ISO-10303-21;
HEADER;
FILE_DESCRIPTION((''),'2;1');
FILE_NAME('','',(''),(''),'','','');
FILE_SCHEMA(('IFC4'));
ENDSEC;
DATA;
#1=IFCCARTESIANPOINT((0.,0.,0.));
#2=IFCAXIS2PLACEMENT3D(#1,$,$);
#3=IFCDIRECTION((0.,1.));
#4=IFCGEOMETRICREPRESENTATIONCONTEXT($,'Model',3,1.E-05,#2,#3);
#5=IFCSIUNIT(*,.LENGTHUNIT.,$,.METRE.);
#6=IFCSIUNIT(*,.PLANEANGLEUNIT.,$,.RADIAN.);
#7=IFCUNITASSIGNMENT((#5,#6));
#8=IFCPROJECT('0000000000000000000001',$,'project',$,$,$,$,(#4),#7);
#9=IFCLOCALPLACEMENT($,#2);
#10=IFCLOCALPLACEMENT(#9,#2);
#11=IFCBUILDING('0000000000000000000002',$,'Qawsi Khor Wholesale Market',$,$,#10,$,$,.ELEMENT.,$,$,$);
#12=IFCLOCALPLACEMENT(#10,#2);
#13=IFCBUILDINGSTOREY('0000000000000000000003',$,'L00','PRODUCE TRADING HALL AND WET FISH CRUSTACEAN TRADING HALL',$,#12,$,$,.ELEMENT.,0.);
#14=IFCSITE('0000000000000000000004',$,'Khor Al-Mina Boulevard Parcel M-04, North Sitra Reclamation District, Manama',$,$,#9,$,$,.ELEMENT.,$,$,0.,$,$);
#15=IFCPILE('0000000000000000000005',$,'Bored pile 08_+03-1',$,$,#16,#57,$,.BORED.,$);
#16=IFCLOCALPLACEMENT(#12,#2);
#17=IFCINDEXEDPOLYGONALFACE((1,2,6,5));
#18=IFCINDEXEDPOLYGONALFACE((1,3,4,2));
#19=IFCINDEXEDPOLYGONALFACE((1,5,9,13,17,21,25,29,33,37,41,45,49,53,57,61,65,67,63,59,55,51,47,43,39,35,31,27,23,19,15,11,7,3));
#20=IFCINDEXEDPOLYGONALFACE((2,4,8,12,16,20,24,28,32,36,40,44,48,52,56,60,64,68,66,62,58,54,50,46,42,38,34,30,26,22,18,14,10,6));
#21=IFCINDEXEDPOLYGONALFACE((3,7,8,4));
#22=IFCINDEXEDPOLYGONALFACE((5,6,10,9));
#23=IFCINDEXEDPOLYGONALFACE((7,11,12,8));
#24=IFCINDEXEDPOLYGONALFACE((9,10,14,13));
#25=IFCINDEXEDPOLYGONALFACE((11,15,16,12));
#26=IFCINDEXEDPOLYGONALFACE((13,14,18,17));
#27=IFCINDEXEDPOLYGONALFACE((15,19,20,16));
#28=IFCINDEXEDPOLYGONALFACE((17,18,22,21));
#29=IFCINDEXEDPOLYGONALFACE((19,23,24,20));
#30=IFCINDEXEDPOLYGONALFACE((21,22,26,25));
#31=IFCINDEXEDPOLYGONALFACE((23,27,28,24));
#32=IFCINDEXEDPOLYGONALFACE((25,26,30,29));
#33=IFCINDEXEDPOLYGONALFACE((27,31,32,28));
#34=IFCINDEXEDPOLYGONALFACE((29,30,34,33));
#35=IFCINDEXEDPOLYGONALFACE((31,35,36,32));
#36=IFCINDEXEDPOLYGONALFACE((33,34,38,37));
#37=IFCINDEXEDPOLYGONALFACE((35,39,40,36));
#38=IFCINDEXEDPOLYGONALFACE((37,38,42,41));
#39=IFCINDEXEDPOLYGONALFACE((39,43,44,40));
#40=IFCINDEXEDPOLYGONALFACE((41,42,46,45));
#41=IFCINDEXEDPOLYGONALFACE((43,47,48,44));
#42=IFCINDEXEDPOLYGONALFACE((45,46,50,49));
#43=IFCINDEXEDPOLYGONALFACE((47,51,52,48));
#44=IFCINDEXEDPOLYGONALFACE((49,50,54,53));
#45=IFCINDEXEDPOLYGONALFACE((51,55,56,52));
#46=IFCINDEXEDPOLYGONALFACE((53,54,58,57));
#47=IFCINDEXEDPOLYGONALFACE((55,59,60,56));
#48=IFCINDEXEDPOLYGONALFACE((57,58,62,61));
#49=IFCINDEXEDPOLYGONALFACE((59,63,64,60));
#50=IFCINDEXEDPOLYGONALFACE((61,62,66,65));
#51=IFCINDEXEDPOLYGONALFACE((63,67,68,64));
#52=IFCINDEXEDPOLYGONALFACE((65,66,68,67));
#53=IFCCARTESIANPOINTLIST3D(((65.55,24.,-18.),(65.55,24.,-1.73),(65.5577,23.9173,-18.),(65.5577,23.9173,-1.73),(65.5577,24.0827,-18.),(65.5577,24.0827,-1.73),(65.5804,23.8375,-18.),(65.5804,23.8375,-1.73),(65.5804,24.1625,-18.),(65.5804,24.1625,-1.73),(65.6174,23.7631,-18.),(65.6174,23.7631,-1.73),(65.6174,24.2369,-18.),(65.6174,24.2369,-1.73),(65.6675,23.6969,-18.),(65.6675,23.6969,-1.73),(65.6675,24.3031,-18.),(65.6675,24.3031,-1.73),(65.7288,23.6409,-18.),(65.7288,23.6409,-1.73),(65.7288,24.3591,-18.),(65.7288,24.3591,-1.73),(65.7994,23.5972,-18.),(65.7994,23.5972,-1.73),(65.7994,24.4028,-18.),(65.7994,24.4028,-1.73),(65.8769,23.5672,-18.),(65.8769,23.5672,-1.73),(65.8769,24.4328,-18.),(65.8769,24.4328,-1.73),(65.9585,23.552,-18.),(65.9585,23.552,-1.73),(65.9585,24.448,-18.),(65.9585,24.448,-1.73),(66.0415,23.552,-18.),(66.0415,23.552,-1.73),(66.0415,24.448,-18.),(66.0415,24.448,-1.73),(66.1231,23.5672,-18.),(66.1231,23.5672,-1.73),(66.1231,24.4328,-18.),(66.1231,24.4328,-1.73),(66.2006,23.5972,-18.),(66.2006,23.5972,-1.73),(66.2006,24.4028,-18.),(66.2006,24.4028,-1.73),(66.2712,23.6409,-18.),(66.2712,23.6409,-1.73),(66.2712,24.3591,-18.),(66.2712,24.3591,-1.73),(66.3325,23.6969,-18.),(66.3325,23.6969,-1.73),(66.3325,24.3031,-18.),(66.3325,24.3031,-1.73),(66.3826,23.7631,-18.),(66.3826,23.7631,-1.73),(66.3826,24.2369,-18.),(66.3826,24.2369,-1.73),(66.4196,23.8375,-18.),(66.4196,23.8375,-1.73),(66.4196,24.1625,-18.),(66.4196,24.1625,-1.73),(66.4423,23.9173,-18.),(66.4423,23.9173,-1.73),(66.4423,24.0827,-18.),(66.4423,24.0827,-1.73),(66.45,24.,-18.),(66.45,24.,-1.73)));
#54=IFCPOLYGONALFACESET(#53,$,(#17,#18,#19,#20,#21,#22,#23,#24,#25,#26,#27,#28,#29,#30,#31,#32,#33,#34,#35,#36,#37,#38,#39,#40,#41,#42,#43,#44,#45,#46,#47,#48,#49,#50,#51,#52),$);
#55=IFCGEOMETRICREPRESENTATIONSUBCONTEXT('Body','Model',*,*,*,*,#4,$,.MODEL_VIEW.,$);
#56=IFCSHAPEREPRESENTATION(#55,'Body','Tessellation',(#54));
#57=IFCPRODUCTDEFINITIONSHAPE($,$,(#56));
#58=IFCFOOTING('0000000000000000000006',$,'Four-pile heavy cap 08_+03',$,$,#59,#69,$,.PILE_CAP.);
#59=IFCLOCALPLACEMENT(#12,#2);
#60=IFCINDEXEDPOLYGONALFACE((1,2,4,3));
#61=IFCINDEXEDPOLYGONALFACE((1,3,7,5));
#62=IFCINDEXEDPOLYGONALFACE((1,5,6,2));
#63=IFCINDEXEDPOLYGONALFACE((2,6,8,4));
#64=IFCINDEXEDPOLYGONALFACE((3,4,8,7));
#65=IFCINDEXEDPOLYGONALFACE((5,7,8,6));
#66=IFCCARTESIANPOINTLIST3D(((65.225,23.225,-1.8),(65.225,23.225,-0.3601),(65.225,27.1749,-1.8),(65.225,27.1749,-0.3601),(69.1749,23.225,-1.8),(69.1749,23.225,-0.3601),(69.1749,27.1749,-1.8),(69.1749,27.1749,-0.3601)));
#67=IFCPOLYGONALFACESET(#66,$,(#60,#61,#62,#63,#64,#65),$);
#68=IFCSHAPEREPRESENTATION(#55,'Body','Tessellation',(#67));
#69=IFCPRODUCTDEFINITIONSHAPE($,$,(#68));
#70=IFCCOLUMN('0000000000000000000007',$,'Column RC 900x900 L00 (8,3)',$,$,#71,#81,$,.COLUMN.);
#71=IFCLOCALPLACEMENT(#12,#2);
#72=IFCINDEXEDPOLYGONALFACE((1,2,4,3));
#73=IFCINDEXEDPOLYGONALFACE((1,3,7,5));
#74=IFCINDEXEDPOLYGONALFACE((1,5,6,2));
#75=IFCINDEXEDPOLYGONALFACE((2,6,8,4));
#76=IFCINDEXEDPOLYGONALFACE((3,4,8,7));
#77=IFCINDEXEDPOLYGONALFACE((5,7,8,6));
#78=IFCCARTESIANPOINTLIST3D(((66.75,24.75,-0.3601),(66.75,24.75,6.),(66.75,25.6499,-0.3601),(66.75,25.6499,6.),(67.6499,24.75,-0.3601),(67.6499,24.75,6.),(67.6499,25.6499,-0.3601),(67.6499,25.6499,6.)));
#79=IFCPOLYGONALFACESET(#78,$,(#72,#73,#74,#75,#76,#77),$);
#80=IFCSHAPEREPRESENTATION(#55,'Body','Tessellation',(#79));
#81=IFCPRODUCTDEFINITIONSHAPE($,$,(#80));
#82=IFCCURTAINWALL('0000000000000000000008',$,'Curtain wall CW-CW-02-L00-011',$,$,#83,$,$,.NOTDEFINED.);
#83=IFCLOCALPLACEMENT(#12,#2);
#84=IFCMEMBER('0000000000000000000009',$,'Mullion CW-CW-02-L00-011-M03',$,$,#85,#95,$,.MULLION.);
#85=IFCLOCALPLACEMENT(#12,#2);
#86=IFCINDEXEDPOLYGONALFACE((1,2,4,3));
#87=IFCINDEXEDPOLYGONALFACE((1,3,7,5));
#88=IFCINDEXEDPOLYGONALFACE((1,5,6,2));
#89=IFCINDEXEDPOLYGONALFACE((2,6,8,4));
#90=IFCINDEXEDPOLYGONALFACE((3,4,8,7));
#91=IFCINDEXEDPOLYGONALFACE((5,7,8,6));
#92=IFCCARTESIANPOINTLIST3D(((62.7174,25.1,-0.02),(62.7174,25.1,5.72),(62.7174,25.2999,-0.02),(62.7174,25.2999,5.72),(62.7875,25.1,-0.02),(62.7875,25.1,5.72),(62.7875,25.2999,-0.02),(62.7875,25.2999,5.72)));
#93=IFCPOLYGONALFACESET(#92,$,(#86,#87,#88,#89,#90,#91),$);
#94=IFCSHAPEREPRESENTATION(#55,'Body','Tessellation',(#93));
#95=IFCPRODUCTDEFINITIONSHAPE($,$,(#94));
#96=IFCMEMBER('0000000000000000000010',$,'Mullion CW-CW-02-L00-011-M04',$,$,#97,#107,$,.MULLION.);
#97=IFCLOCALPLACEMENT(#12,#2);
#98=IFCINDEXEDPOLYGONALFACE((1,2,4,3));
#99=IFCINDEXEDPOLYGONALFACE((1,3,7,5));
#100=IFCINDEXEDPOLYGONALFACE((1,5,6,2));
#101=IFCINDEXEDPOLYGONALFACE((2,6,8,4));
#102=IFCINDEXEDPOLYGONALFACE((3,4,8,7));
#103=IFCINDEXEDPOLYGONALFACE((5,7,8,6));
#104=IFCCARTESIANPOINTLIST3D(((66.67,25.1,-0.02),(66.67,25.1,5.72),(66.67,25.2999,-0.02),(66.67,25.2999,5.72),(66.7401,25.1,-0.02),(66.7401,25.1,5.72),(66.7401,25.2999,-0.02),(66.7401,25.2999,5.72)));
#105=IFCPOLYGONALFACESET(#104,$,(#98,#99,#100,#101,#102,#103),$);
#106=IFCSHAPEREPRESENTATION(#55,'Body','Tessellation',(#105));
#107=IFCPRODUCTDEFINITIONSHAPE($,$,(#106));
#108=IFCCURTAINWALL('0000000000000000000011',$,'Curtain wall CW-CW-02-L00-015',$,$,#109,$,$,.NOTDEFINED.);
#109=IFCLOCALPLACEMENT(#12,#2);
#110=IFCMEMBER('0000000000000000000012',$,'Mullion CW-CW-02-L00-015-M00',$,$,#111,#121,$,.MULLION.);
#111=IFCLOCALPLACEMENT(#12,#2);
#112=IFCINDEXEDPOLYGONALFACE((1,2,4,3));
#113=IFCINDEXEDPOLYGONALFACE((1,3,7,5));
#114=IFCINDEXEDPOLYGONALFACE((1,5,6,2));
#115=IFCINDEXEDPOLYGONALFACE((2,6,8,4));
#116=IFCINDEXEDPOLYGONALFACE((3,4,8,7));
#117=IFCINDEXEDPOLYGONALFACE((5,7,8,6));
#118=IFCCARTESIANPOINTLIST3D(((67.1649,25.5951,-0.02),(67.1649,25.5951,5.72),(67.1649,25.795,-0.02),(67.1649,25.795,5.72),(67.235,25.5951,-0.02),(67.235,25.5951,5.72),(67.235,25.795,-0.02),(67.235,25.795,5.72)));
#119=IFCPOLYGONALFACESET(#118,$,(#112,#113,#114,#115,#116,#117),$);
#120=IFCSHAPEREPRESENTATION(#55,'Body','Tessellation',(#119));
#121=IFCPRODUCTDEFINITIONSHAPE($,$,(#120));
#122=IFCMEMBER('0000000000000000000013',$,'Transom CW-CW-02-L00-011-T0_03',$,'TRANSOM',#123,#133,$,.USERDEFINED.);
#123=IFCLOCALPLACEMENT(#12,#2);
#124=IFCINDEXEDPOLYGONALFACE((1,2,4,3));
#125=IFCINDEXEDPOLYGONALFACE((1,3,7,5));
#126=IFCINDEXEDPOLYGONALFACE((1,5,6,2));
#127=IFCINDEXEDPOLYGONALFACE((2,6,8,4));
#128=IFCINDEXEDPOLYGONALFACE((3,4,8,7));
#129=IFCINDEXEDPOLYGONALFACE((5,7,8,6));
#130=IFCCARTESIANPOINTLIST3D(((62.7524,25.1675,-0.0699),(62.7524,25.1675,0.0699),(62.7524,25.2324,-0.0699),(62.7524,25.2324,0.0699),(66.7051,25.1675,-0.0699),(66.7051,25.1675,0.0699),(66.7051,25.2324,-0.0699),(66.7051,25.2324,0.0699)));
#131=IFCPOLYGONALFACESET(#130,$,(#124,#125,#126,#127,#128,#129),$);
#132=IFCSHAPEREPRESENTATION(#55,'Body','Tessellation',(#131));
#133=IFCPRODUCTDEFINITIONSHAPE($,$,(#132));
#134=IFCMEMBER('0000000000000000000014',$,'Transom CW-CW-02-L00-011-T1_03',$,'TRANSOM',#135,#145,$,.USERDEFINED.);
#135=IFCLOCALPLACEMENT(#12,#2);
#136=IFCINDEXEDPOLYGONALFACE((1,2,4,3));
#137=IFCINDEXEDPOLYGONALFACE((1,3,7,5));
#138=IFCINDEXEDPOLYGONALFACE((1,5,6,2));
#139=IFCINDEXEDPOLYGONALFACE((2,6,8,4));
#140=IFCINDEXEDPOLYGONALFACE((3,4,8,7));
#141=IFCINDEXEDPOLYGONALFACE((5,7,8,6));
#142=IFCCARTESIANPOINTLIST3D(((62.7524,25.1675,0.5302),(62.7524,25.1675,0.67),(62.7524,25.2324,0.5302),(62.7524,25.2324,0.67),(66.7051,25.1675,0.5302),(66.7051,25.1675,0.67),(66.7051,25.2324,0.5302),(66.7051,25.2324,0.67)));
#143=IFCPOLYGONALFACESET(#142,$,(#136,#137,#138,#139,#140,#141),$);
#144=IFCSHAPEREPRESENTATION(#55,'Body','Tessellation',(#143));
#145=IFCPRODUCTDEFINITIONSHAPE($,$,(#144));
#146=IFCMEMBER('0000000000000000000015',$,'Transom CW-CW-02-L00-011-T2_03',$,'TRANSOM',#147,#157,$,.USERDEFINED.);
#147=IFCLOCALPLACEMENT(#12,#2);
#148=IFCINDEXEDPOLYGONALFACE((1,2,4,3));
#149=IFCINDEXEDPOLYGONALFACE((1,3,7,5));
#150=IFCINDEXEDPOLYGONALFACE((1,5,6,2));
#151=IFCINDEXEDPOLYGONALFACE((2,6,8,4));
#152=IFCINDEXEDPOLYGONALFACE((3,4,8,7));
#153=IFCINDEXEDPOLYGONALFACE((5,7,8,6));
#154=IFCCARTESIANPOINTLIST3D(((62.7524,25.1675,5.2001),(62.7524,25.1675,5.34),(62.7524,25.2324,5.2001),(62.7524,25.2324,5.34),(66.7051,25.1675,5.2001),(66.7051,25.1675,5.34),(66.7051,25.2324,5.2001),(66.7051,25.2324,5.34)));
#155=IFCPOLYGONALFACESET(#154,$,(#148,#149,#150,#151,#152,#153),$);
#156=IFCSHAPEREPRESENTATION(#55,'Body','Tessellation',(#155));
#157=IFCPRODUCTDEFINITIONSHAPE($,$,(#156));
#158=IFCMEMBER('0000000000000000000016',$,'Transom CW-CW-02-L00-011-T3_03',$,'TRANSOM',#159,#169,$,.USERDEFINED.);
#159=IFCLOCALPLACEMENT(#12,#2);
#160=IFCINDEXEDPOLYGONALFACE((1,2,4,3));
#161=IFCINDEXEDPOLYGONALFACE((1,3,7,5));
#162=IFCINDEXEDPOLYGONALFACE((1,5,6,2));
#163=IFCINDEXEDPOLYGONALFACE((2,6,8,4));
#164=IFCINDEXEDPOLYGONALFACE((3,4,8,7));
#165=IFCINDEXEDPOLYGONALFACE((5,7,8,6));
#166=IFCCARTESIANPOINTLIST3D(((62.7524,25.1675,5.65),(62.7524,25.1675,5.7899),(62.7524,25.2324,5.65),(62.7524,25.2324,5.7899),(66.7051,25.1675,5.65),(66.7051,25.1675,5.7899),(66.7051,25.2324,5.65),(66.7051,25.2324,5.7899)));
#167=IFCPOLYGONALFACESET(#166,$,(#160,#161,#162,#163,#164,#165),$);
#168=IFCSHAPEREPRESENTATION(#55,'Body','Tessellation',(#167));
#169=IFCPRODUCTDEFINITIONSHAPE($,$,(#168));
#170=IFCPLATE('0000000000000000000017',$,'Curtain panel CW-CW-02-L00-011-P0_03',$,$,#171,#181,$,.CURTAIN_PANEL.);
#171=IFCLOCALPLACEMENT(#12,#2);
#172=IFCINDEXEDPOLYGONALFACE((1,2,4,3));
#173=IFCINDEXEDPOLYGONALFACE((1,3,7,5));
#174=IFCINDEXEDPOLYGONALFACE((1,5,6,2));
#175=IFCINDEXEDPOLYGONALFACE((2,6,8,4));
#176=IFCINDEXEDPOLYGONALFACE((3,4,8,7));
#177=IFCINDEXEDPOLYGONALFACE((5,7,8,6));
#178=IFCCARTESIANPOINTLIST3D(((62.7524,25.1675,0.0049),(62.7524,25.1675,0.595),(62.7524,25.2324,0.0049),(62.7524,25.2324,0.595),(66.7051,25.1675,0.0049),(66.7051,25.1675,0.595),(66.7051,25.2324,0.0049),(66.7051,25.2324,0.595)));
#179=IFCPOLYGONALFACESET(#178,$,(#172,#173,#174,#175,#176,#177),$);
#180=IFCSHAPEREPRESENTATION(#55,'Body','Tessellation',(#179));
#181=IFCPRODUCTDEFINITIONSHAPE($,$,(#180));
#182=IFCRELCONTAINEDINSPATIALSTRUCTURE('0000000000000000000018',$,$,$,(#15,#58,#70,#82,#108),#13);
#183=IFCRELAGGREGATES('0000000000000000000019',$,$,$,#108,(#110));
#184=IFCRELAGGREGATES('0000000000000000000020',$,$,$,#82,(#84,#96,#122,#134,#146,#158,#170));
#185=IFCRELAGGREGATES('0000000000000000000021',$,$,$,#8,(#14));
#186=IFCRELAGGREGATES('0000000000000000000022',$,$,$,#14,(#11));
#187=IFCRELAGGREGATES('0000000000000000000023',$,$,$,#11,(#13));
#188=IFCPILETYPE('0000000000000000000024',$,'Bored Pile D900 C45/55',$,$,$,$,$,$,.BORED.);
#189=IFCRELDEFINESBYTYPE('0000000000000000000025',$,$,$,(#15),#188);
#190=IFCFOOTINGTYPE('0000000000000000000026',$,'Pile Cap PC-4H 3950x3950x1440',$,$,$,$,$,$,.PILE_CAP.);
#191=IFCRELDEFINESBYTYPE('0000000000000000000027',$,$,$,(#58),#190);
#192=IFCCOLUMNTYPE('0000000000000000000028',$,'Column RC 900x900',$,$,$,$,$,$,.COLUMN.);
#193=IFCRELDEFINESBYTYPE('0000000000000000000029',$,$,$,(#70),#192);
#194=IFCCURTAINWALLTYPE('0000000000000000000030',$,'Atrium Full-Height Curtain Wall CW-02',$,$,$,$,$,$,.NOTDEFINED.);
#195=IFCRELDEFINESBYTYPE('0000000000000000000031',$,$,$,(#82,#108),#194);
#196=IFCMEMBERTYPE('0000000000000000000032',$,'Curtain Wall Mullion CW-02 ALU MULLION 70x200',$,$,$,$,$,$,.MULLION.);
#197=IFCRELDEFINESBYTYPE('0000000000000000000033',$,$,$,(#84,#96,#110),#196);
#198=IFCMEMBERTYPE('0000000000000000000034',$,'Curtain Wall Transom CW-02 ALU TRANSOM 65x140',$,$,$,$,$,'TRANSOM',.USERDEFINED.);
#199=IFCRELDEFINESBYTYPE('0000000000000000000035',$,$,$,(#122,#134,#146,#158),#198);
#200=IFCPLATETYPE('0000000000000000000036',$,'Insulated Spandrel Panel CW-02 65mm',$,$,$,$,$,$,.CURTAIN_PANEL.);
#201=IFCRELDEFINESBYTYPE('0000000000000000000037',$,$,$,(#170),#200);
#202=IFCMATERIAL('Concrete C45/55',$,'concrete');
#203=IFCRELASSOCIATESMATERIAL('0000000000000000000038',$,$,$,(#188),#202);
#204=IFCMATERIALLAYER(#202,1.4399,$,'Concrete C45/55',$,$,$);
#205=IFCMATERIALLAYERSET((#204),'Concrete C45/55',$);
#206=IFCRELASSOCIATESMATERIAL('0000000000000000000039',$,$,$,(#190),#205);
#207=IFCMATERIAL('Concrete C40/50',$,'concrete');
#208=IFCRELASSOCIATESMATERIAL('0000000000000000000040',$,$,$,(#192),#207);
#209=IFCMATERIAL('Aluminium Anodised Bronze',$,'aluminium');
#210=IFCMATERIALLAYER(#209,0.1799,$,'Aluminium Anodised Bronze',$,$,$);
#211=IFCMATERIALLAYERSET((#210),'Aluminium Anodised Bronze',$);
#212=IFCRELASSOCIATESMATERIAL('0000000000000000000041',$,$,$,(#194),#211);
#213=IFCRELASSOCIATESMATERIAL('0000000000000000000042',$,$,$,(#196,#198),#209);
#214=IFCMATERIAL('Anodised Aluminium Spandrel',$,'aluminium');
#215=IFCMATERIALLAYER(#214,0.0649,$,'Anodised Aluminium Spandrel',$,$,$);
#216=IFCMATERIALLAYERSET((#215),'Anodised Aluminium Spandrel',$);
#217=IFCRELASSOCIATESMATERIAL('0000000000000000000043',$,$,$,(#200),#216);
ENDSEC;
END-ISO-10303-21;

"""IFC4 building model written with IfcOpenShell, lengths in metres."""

from ifc_helpers import new_model, si_unit, direction, frame, frame_2d, origin, origin_2d, place, context, subcontext, project, spatial, rectangle, circle, extrude, material, layer, layer_set, material_profile, profile_set, type_object, element, aggregate, save


model = new_model("IFC4")

# Units and contexts
model_context = context("Model", 3, precision=1e-05, world=origin(), true_north=direction((0.0, 1.0)))
body_context = subcontext(model_context, "Body", "Model", "MODEL_VIEW")
ifc_project = project(units=[si_unit("LENGTHUNIT", "METRE"), si_unit("PLANEANGLEUNIT", "RADIAN")], contexts=[model_context])

# Site, building, storey
site_placement = place(None, origin())
site = spatial("IfcSite", under=ifc_project, at=site_placement, Name="Khor Al-Mina Boulevard Parcel M-04, North Sitra Reclamation District, Manama", CompositionType="ELEMENT", RefElevation=0.0)
building_placement = place(site_placement, origin())
building = spatial("IfcBuilding", under=site, at=building_placement, Name="Qawsi Khor Wholesale Market", CompositionType="ELEMENT")
storey_placement = place(building_placement, origin())
storey = spatial("IfcBuildingStorey", under=building, at=storey_placement, Name="L00", Description="PRODUCE TRADING HALL AND WET FISH CRUSTACEAN TRADING HALL", CompositionType="ELEMENT", Elevation=0.0)

# Pile
ifc_material_1 = material(Name="Concrete C45/55", Category="concrete")
ifc_material_profile_1 = material_profile(ifc_material_1, circle(Radius=0.45, at=origin_2d()), Name="PILE D900")
ifc_profile_set_1 = profile_set([ifc_material_profile_1], Name="Concrete C45/55")
pile_type = type_object("IfcPileType", Name="Bored Pile D900 C45/55", PredefinedType="BORED", material=ifc_profile_set_1)
pile_placement = place(storey_placement, frame((66.0, 24.0, -1.73), z_axis=(0.0, 0.0, -1.0), x_axis=(1.0, 0.0, 0.0)))
element("IfcPile", 1, at=pile_placement, inside=storey, type_object=pile_type, Name="Bored pile 08_+03-1", PredefinedType="BORED", context=body_context, shape_type="SweptSolid", body=[
    extrude(circle(Radius=0.45, at=origin_2d()), origin(), (0.0, 0.0, 1.0), 16.27),
])

# Footing
ifc_layer_1 = layer(ifc_material_1, 1.4399, Name="Concrete C45/55")
ifc_layer_set_1 = layer_set([ifc_layer_1], Name="Concrete C45/55")
footing_type = type_object("IfcFootingType", Name="Pile Cap PC-4H 3950x3950x1440", PredefinedType="PILE_CAP", material=ifc_layer_set_1)
footing_placement = place(storey_placement, frame((67.2, 25.2, -1.8), z_axis=(0.0, 0.0, 1.0), x_axis=(1.0, 0.0, 0.0)))
element("IfcFooting", 2, at=footing_placement, inside=storey, type_object=footing_type, Name="Four-pile heavy cap 08_+03", PredefinedType="PILE_CAP", context=body_context, shape_type="SweptSolid", body=[
    extrude(rectangle(XDim=3.95, YDim=3.95, at=origin_2d()), origin(), (0.0, 0.0, 1.0), 1.4399),
])

# Column
ifc_material_2 = material(Name="Concrete C40/50", Category="concrete")
ifc_material_profile_2 = material_profile(ifc_material_2, rectangle(XDim=0.8999, YDim=0.8999, at=origin_2d()), Name="RC 900x900")
ifc_profile_set_2 = profile_set([ifc_material_profile_2], Name="Concrete C40/50")
column_type = type_object("IfcColumnType", Name="Column RC 900x900", PredefinedType="COLUMN", material=ifc_profile_set_2)
column_placement = place(storey_placement, frame((67.2, 25.2, -0.3601), z_axis=(0.0, 0.0, 1.0), x_axis=(1.0, 0.0, 0.0)))
element("IfcColumn", 3, at=column_placement, inside=storey, type_object=column_type, Name="Column RC 900x900 L00 (8,3)", PredefinedType="COLUMN", context=body_context, shape_type="SweptSolid", body=[
    extrude(rectangle(XDim=0.8999, YDim=0.8999, at=origin_2d()), origin(), (0.0, 0.0, 1.0), 6.3601),
])

# Curtain wall, members
ifc_material_3 = material(Name="Aluminium Anodised Bronze", Category="aluminium")
ifc_layer_2 = layer(ifc_material_3, 0.1799, Name="Aluminium Anodised Bronze")
ifc_layer_set_2 = layer_set([ifc_layer_2], Name="Aluminium Anodised Bronze")
curtain_wall_type = type_object("IfcCurtainWallType", Name="Atrium Full-Height Curtain Wall CW-02", PredefinedType="NOTDEFINED", material=ifc_layer_set_2)
curtain_wall_1_placement = place(storey_placement, origin())
curtain_wall_1 = element("IfcCurtainWall", 4, at=curtain_wall_1_placement, inside=storey, type_object=curtain_wall_type, Name="Curtain wall CW-CW-02-L00-011", PredefinedType="NOTDEFINED")
ifc_material_profile_3 = material_profile(ifc_material_3, rectangle(XDim=0.0701, YDim=0.2, at=origin_2d()), Name="ALU MULLION 70x200")
ifc_profile_set_3 = profile_set([ifc_material_profile_3], Name="Aluminium Anodised Bronze")
member_type_1 = type_object("IfcMemberType", Name="Curtain Wall Mullion CW-02 ALU MULLION 70x200", PredefinedType="MULLION", material=ifc_profile_set_3)
member_1_placement = place(storey_placement, frame((62.7524, 25.2, -0.02), z_axis=(0.0, 0.0, 1.0), x_axis=(1.0, 0.0, 0.0)))
member_1 = element("IfcMember", 5, at=member_1_placement, type_object=member_type_1, Name="Mullion CW-CW-02-L00-011-M03", PredefinedType="MULLION", context=body_context, shape_type="SweptSolid", body=[
    extrude(rectangle(XDim=0.0701, YDim=0.2, at=origin_2d()), origin(), (0.0, 0.0, 1.0), 5.74),
])
member_2_placement = place(storey_placement, frame((66.7051, 25.2, -0.02), z_axis=(0.0, 0.0, 1.0), x_axis=(1.0, 0.0, 0.0)))
member_2 = element("IfcMember", 6, at=member_2_placement, type_object=member_type_1, Name="Mullion CW-CW-02-L00-011-M04", PredefinedType="MULLION", context=body_context, shape_type="SweptSolid", body=[
    extrude(rectangle(XDim=0.0701, YDim=0.2, at=origin_2d()), origin(), (0.0, 0.0, 1.0), 5.74),
])

# Curtain wall, member
curtain_wall_2_placement = place(storey_placement, origin())
curtain_wall_2 = element("IfcCurtainWall", 7, at=curtain_wall_2_placement, inside=storey, type_object=curtain_wall_type, Name="Curtain wall CW-CW-02-L00-015", PredefinedType="NOTDEFINED")
member_3_placement = place(storey_placement, frame((67.2, 25.6951, -0.02), z_axis=(0.0, 0.0, 1.0), x_axis=(1.0, 0.0, 0.0)))
member_3 = element("IfcMember", 8, at=member_3_placement, type_object=member_type_1, Name="Mullion CW-CW-02-L00-015-M00", PredefinedType="MULLION", context=body_context, shape_type="SweptSolid", body=[
    extrude(rectangle(XDim=0.0701, YDim=0.2, at=origin_2d()), origin(), (0.0, 0.0, 1.0), 5.74),
])
aggregate(curtain_wall_2, [member_3])

# Members
ifc_material_profile_4 = material_profile(ifc_material_3, rectangle(XDim=0.0649, YDim=0.1399, at=origin_2d()), Name="ALU TRANSOM 65x140")
ifc_profile_set_4 = profile_set([ifc_material_profile_4], Name="Aluminium Anodised Bronze")
member_type_2 = type_object("IfcMemberType", Name="Curtain Wall Transom CW-02 ALU TRANSOM 65x140", ElementType="TRANSOM", PredefinedType="USERDEFINED", material=ifc_profile_set_4)
member_4_placement = place(storey_placement, frame((62.7524, 25.2, 0.0), z_axis=(1.0, 0.0, 0.0), x_axis=(0.0, 1.0, 0.0)))
member_4 = element("IfcMember", 9, at=member_4_placement, type_object=member_type_2, Name="Transom CW-CW-02-L00-011-T0_03", ObjectType="TRANSOM", PredefinedType="USERDEFINED", context=body_context, shape_type="SweptSolid", body=[
    extrude(rectangle(XDim=0.0649, YDim=0.1399, at=origin_2d()), origin(), (0.0, 0.0, 1.0), 3.9526),
])
member_5_placement = place(storey_placement, frame((62.7524, 25.2, 0.6001), z_axis=(1.0, 0.0, 0.0), x_axis=(0.0, 1.0, 0.0)))
member_5 = element("IfcMember", 10, at=member_5_placement, type_object=member_type_2, Name="Transom CW-CW-02-L00-011-T1_03", ObjectType="TRANSOM", PredefinedType="USERDEFINED", context=body_context, shape_type="SweptSolid", body=[
    extrude(rectangle(XDim=0.0649, YDim=0.1399, at=origin_2d()), origin(), (0.0, 0.0, 1.0), 3.9526),
])
member_6_placement = place(storey_placement, frame((62.7524, 25.2, 5.27), z_axis=(1.0, 0.0, 0.0), x_axis=(0.0, 1.0, 0.0)))
member_6 = element("IfcMember", 11, at=member_6_placement, type_object=member_type_2, Name="Transom CW-CW-02-L00-011-T2_03", ObjectType="TRANSOM", PredefinedType="USERDEFINED", context=body_context, shape_type="SweptSolid", body=[
    extrude(rectangle(XDim=0.0649, YDim=0.1399, at=origin_2d()), origin(), (0.0, 0.0, 1.0), 3.9526),
])
member_7_placement = place(storey_placement, frame((62.7524, 25.2, 5.72), z_axis=(1.0, 0.0, 0.0), x_axis=(0.0, 1.0, 0.0)))
member_7 = element("IfcMember", 12, at=member_7_placement, type_object=member_type_2, Name="Transom CW-CW-02-L00-011-T3_03", ObjectType="TRANSOM", PredefinedType="USERDEFINED", context=body_context, shape_type="SweptSolid", body=[
    extrude(rectangle(XDim=0.0649, YDim=0.1399, at=origin_2d()), origin(), (0.0, 0.0, 1.0), 3.9526),
])

# Plate
ifc_material_4 = material(Name="Anodised Aluminium Spandrel", Category="aluminium")
ifc_layer_3 = layer(ifc_material_4, 0.0649, Name="Anodised Aluminium Spandrel")
ifc_layer_set_3 = layer_set([ifc_layer_3], Name="Anodised Aluminium Spandrel")
plate_type_1 = type_object("IfcPlateType", Name="Insulated Spandrel Panel CW-02 65mm", PredefinedType="CURTAIN_PANEL", material=ifc_layer_set_3)
plate_1_placement = place(storey_placement, frame((62.7524, 25.2, 0.0049), z_axis=(0.0, 0.0, 1.0), x_axis=(1.0, 0.0, 0.0)))
plate_1 = element("IfcPlate", 13, at=plate_1_placement, type_object=plate_type_1, Name="Curtain panel CW-CW-02-L00-011-P0_03", PredefinedType="CURTAIN_PANEL", context=body_context, shape_type="SweptSolid", body=[
    extrude(rectangle(XDim=3.9526, YDim=0.0649, at=frame_2d((1.9763, 0.0))), origin(), (0.0, 0.0, 1.0), 0.5901),
])
aggregate(curtain_wall_1, [member_1, member_2, member_4, member_5, member_6, member_7, plate_1])

save(model, "model.ifc")
